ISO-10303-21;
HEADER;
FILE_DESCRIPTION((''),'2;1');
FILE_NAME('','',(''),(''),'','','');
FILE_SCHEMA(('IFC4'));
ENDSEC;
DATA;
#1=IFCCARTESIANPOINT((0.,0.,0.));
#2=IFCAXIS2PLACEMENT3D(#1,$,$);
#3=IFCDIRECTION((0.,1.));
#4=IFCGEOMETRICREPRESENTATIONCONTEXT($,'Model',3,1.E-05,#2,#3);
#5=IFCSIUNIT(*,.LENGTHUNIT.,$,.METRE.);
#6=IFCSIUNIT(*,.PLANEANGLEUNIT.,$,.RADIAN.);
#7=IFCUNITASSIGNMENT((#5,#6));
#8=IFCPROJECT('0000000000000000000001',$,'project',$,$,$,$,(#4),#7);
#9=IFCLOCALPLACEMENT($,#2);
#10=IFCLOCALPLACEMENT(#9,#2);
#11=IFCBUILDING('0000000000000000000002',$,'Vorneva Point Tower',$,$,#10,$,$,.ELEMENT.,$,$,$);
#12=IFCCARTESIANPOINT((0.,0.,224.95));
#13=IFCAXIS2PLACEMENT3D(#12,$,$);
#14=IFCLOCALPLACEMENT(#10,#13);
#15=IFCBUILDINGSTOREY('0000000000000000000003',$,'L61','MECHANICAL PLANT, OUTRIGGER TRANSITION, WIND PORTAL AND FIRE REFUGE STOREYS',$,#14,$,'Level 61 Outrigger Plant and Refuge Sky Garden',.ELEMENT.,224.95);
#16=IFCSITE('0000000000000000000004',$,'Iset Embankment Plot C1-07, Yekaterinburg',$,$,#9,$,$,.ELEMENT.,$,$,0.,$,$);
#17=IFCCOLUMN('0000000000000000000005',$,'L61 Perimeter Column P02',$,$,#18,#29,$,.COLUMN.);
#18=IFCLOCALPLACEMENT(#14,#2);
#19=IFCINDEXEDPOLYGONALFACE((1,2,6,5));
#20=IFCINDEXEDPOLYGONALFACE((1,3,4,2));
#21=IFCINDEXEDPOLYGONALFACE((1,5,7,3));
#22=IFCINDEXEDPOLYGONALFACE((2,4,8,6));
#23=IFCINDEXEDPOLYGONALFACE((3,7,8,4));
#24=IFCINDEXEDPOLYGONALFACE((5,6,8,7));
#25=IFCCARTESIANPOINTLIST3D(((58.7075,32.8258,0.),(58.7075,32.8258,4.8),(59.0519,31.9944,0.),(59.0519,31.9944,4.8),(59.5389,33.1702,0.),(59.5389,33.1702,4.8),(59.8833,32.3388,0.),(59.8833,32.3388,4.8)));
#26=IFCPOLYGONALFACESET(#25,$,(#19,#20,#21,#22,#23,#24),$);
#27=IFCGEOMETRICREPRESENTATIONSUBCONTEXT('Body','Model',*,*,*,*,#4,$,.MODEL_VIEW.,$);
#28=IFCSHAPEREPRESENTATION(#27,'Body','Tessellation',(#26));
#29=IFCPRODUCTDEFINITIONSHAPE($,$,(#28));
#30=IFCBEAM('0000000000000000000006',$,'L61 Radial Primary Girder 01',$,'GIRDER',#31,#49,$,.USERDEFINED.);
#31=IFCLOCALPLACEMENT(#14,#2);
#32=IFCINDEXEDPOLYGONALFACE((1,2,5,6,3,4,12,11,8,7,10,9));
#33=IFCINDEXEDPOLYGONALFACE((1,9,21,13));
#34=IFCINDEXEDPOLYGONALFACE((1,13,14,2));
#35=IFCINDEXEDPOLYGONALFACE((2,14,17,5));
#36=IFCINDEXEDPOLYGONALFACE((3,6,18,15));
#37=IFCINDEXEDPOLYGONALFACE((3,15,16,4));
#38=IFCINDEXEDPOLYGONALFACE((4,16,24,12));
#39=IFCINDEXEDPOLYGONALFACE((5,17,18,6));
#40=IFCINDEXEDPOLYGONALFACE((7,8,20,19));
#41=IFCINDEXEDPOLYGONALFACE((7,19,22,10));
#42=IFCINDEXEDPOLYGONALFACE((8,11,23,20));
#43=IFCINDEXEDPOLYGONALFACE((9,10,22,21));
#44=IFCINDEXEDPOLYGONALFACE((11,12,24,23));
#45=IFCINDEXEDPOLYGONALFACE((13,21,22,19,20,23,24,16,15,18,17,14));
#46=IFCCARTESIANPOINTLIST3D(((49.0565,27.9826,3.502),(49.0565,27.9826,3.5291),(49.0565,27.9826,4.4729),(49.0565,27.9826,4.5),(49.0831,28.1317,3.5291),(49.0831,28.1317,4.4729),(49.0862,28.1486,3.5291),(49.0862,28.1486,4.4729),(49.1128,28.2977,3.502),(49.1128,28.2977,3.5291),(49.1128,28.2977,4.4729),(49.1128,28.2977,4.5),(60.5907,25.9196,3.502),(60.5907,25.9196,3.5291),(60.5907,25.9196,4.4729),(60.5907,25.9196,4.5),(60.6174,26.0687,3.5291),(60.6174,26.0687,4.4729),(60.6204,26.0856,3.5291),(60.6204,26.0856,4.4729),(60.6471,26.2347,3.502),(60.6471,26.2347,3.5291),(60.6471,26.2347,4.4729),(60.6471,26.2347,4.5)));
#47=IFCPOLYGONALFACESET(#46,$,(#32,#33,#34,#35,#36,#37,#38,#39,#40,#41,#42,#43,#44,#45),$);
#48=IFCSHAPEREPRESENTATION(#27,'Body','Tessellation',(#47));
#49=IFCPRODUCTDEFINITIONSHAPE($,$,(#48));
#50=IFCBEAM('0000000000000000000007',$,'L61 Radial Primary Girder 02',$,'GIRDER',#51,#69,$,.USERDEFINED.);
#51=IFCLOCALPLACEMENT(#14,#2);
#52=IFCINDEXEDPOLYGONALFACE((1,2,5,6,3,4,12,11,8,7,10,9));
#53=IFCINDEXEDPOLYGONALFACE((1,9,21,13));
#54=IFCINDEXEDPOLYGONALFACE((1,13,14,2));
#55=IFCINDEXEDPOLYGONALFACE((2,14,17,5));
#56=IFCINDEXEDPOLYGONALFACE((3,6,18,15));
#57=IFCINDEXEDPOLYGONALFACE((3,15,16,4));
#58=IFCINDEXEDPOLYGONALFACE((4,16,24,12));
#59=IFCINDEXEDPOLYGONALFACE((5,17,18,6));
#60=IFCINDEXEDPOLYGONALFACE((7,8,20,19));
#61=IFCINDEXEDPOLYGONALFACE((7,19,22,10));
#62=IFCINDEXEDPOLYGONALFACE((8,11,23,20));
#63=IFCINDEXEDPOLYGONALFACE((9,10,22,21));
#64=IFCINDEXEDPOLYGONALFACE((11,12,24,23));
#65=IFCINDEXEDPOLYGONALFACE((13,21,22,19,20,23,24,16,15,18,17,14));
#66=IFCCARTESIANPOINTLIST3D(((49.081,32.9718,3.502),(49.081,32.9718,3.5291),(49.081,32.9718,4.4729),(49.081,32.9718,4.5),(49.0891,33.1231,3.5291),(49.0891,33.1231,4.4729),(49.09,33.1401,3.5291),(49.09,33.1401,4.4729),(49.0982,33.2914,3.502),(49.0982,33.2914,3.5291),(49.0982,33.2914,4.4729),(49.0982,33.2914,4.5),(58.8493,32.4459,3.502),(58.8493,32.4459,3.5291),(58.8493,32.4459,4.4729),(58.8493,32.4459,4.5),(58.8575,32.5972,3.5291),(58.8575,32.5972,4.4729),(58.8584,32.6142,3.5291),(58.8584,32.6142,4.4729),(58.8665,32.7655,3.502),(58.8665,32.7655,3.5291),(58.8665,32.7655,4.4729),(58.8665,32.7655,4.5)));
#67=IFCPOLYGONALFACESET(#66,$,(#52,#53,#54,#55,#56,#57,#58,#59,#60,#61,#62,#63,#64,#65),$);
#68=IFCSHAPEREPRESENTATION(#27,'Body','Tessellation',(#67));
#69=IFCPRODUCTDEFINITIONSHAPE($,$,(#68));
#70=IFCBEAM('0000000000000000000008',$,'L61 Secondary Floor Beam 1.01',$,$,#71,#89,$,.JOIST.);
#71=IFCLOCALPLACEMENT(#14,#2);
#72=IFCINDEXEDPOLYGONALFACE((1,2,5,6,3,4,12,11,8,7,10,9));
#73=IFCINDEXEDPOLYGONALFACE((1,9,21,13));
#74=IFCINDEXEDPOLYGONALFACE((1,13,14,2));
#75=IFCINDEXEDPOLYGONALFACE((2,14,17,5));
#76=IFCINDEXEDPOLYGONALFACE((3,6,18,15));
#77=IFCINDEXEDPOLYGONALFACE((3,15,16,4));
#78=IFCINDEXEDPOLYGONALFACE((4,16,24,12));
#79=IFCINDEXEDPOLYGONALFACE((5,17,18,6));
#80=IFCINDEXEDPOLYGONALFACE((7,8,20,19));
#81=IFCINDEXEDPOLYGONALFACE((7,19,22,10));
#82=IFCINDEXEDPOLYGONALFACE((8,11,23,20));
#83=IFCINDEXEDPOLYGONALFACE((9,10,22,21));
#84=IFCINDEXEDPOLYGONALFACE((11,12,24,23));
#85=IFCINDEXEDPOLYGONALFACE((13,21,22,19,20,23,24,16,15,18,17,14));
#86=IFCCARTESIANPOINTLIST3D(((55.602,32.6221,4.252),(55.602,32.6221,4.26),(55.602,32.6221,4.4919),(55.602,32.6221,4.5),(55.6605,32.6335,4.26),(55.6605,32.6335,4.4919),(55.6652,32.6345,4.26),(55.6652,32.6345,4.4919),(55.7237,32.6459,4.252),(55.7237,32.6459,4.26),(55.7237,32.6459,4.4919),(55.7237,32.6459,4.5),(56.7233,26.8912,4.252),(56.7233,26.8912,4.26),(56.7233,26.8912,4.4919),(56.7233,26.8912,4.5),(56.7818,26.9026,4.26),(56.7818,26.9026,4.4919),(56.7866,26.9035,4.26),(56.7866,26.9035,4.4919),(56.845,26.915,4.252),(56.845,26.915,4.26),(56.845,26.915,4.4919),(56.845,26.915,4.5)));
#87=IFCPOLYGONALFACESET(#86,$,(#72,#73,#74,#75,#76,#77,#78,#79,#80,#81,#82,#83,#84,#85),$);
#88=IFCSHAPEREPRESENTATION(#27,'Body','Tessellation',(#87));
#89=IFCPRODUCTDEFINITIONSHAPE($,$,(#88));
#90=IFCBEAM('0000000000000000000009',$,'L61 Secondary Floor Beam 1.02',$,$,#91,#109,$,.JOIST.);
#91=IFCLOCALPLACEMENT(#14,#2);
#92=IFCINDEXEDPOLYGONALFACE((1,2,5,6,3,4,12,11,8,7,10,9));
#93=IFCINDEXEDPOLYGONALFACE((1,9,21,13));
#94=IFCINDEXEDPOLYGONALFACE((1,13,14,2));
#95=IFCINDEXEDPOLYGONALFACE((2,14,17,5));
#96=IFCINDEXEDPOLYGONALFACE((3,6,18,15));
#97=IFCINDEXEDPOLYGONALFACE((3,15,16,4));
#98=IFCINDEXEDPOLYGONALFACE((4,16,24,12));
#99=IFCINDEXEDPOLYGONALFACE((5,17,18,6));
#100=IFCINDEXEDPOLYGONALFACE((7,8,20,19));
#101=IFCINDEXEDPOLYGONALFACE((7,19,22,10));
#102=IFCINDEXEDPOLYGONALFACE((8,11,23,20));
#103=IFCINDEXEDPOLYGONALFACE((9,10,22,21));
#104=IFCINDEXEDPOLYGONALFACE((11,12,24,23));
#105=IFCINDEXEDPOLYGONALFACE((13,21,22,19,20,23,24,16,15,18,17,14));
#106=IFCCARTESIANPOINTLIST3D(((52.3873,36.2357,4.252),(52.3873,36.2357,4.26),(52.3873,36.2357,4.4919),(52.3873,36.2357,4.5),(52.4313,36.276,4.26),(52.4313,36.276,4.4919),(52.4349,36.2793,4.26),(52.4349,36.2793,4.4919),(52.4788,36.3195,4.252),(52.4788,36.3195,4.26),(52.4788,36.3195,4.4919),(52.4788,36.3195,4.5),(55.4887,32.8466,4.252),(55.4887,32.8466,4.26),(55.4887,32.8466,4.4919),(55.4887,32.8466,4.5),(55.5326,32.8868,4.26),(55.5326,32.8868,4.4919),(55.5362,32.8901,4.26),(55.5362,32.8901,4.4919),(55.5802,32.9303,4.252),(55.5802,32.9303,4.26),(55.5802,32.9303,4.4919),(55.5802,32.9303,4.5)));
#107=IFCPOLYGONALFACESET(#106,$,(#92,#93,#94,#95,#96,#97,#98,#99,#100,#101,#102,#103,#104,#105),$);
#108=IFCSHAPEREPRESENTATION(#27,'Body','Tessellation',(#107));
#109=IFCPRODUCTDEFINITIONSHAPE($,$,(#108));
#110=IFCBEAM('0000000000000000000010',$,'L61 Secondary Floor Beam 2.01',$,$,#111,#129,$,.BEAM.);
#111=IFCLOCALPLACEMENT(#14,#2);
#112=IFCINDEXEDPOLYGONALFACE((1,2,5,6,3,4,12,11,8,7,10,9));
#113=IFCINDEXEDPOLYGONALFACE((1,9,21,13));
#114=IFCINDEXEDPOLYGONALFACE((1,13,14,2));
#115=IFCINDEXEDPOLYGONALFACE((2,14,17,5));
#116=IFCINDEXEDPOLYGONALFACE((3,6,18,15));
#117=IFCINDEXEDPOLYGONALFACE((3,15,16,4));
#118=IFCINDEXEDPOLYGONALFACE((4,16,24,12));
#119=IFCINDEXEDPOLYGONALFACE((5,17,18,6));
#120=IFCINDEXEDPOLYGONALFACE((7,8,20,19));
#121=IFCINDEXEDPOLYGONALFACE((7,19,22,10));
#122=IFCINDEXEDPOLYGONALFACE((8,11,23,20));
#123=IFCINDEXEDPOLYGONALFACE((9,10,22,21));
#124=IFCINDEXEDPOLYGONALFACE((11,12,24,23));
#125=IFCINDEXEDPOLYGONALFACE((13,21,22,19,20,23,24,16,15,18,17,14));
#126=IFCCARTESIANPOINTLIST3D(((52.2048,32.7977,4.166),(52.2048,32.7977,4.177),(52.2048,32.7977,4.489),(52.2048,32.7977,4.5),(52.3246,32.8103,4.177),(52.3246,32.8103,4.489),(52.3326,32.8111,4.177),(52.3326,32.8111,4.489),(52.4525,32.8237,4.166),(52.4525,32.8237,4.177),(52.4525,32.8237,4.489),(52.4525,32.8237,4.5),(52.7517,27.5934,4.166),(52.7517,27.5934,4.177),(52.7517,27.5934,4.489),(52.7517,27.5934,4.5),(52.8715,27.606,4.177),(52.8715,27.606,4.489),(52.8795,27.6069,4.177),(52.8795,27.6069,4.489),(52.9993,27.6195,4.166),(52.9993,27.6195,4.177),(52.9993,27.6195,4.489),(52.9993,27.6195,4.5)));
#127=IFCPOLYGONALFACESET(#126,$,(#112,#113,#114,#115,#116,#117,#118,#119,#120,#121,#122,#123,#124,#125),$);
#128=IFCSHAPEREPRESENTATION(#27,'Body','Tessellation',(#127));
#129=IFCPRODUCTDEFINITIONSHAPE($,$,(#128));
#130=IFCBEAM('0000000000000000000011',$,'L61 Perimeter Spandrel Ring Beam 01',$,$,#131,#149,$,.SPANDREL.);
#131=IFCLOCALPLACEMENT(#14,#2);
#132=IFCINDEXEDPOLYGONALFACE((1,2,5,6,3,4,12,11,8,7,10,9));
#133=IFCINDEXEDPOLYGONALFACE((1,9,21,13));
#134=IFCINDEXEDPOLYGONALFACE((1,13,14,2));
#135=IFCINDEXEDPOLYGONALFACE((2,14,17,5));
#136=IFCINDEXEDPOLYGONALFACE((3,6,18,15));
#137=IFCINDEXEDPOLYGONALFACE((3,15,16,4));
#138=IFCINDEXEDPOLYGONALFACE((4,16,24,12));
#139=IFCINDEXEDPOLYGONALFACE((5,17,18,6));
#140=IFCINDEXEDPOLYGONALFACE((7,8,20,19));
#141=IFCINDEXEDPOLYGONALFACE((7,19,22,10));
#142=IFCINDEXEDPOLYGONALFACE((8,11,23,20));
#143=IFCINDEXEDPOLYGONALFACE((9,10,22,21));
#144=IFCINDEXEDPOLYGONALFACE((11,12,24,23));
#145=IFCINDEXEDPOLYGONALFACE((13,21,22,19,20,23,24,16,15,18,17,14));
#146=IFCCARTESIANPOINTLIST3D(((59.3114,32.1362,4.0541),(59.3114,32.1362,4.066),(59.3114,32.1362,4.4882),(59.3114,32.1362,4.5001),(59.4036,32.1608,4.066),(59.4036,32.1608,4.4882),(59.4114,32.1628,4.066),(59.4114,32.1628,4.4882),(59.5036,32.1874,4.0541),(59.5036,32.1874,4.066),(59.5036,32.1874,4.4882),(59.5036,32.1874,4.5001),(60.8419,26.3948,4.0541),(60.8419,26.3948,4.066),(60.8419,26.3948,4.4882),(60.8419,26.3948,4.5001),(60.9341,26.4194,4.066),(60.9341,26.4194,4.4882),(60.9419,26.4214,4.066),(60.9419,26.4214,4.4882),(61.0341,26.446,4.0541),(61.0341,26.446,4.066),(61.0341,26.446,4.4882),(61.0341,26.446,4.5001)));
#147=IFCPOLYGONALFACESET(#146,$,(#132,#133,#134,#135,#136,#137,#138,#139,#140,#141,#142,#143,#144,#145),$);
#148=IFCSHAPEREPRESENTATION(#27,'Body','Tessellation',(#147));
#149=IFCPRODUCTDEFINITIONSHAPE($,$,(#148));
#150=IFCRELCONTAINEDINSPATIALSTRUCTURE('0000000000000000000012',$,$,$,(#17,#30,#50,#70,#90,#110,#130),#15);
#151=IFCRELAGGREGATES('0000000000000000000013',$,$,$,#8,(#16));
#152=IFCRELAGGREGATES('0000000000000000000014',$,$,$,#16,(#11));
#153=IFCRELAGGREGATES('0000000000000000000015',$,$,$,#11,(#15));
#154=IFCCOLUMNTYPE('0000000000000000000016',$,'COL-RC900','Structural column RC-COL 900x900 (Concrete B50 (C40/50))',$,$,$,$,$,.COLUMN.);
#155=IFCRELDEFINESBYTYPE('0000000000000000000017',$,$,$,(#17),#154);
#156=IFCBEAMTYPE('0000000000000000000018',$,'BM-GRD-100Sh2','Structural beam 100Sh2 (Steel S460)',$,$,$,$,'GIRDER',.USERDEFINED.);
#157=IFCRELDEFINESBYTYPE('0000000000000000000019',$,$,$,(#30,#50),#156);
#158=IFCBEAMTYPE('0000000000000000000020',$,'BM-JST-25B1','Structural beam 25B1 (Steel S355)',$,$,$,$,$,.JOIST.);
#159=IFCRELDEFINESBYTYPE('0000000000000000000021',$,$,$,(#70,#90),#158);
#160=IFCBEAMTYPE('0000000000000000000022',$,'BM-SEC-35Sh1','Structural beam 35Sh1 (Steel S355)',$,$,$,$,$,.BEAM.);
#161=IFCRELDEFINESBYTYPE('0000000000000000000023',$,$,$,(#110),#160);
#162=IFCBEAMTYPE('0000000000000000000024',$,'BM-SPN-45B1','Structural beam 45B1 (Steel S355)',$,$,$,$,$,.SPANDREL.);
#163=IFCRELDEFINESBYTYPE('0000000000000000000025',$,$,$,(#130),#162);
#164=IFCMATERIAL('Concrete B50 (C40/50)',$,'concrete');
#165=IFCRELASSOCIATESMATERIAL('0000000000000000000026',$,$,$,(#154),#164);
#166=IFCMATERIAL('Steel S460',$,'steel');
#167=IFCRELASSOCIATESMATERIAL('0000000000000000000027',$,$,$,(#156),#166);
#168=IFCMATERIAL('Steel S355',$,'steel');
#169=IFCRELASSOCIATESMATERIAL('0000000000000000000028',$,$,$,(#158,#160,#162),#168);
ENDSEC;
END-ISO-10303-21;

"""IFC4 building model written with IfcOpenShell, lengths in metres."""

from ifc_helpers import new_model, si_unit, direction, frame, origin, origin_2d, place, context, subcontext, project, spatial, rectangle, i_section, extrude, material, material_profile, profile_set, type_object, element, save


model = new_model("IFC4")

# Units and contexts
model_context = context("Model", 3, precision=1e-05, world=origin(), true_north=direction((0.0, 1.0)))
body_context = subcontext(model_context, "Body", "Model", "MODEL_VIEW")
ifc_project = project(units=[si_unit("LENGTHUNIT", "METRE"), si_unit("PLANEANGLEUNIT", "RADIAN")], contexts=[model_context])

# Site, building, storey
site_placement = place(None, origin())
site = spatial("IfcSite", under=ifc_project, at=site_placement, Name="Iset Embankment Plot C1-07, Yekaterinburg", CompositionType="ELEMENT", RefElevation=0.0)
building_placement = place(site_placement, origin())
building = spatial("IfcBuilding", under=site, at=building_placement, Name="Vorneva Point Tower", CompositionType="ELEMENT")
storey_placement = place(building_placement, frame((0.0, 0.0, 224.95)))
storey = spatial("IfcBuildingStorey", under=building, at=storey_placement, Name="L61", Description="MECHANICAL PLANT, OUTRIGGER TRANSITION, WIND PORTAL AND FIRE REFUGE STOREYS", LongName="Level 61 Outrigger Plant and Refuge Sky Garden", CompositionType="ELEMENT", Elevation=224.95)

# Column
ifc_material_1 = material(Name="Concrete B50 (C40/50)", Category="concrete")
ifc_material_profile_1 = material_profile(ifc_material_1, rectangle(XDim=0.8999, YDim=0.8999, at=origin_2d()), Name="RC-COL 900x900")
ifc_profile_set_1 = profile_set([ifc_material_profile_1], Name="Concrete B50 (C40/50)")
column_type = type_object("IfcColumnType", Name="COL-RC900", Description="Structural column RC-COL 900x900 (Concrete B50 (C40/50))", PredefinedType="COLUMN", material=ifc_profile_set_1)
column_placement = place(storey_placement, frame((59.2954, 32.5823, 0.0), z_axis=(0.0, 0.0, 1.0), x_axis=(0.92388, 0.382683, 0.0)))
element("IfcColumn", 1, at=column_placement, inside=storey, type_object=column_type, Name="L61 Perimeter Column P02", PredefinedType="COLUMN", context=body_context, shape_type="SweptSolid", body=[
    extrude(rectangle(XDim=0.8999, YDim=0.8999, at=origin_2d()), origin(), (0.0, 0.0, 1.0), 4.8),
])

# Beams
ifc_material_2 = material(Name="Steel S460", Category="steel")
ifc_material_profile_2 = material_profile(ifc_material_2, i_section(OverallWidth=0.3201, OverallDepth=0.998, WebThickness=0.0171, FlangeThickness=0.0271, at=origin_2d()), Name="100Sh2")
ifc_profile_set_2 = profile_set([ifc_material_profile_2], Name="Steel S460")
beam_type_1 = type_object("IfcBeamType", Name="BM-GRD-100Sh2", Description="Structural beam 100Sh2 (Steel S460)", ElementType="GIRDER", PredefinedType="USERDEFINED", material=ifc_profile_set_2)
beam_1_placement = place(storey_placement, frame((60.6189, 26.0771, 4.001), z_axis=(-0.984379, 0.176065, 0.0), x_axis=(-0.176065, -0.984379, 0.0)))
element("IfcBeam", 2, at=beam_1_placement, inside=storey, type_object=beam_type_1, Name="L61 Radial Primary Girder 01", ObjectType="GIRDER", PredefinedType="USERDEFINED", context=body_context, shape_type="SweptSolid", body=[
    extrude(i_section(OverallWidth=0.3201, OverallDepth=0.998, WebThickness=0.0171, FlangeThickness=0.0271, at=origin_2d()), origin(), (0.0, 0.0, 1.0), 11.7173),
])
beam_2_placement = place(storey_placement, frame((58.8579, 32.6057, 4.001), z_axis=(-0.998554, 0.053757, 0.0), x_axis=(-0.053757, -0.998554, 0.0)))
element("IfcBeam", 3, at=beam_2_placement, inside=storey, type_object=beam_type_1, Name="L61 Radial Primary Girder 02", ObjectType="GIRDER", PredefinedType="USERDEFINED", context=body_context, shape_type="SweptSolid", body=[
    extrude(i_section(OverallWidth=0.3201, OverallDepth=0.998, WebThickness=0.0171, FlangeThickness=0.0271, at=origin_2d()), origin(), (0.0, 0.0, 1.0), 9.7825),
])
ifc_material_3 = material(Name="Steel S355", Category="steel")
ifc_material_profile_3 = material_profile(ifc_material_3, i_section(OverallWidth=0.124, OverallDepth=0.248, WebThickness=0.0049, FlangeThickness=0.0081, at=origin_2d()), Name="25B1")
ifc_profile_set_3 = profile_set([ifc_material_profile_3], Name="Steel S355")
beam_type_2 = type_object("IfcBeamType", Name="BM-JST-25B1", Description="Structural beam 25B1 (Steel S355)", PredefinedType="JOIST", material=ifc_profile_set_3)
beam_3_placement = place(storey_placement, frame((56.7842, 26.9031, 4.376), z_axis=(-0.192022, 0.981391, 0.0), x_axis=(-0.981391, -0.192022, 0.0)))
element("IfcBeam", 4, at=beam_3_placement, inside=storey, type_object=beam_type_2, Name="L61 Secondary Floor Beam 1.01", PredefinedType="JOIST", context=body_context, shape_type="SweptSolid", body=[
    extrude(i_section(OverallWidth=0.124, OverallDepth=0.248, WebThickness=0.0049, FlangeThickness=0.0081, at=origin_2d()), origin(), (0.0, 0.0, 1.0), 5.8396),
])
beam_4_placement = place(storey_placement, frame((55.5344, 32.8884, 4.376), z_axis=(-0.675084, 0.737741, 0.0), x_axis=(-0.737741, -0.675084, 0.0)))
element("IfcBeam", 5, at=beam_4_placement, inside=storey, type_object=beam_type_2, Name="L61 Secondary Floor Beam 1.02", PredefinedType="JOIST", context=body_context, shape_type="SweptSolid", body=[
    extrude(i_section(OverallWidth=0.124, OverallDepth=0.248, WebThickness=0.0049, FlangeThickness=0.0081, at=origin_2d()), origin(), (0.0, 0.0, 1.0), 4.594),
])
ifc_material_profile_4 = material_profile(ifc_material_3, i_section(OverallWidth=0.249, OverallDepth=0.334, WebThickness=0.0081, FlangeThickness=0.011, at=origin_2d()), Name="35Sh1")
ifc_profile_set_4 = profile_set([ifc_material_profile_4], Name="Steel S355")
beam_type_3 = type_object("IfcBeamType", Name="BM-SEC-35Sh1", Description="Structural beam 35Sh1 (Steel S355)", PredefinedType="BEAM", material=ifc_profile_set_4)
beam_5_placement = place(storey_placement, frame((52.8755, 27.6064, 4.333), z_axis=(-0.104505, 0.994524, 0.0), x_axis=(-0.994524, -0.104505, 0.0)))
element("IfcBeam", 6, at=beam_5_placement, inside=storey, type_object=beam_type_3, Name="L61 Secondary Floor Beam 2.01", PredefinedType="BEAM", context=body_context, shape_type="SweptSolid", body=[
    extrude(i_section(OverallWidth=0.249, OverallDepth=0.334, WebThickness=0.0081, FlangeThickness=0.011, at=origin_2d()), origin(), (0.0, 0.0, 1.0), 5.2329),
])
ifc_material_profile_5 = material_profile(ifc_material_3, i_section(OverallWidth=0.199, OverallDepth=0.446, WebThickness=0.0081, FlangeThickness=0.012, at=origin_2d()), Name="45B1")
ifc_profile_set_5 = profile_set([ifc_material_profile_5], Name="Steel S355")
beam_type_4 = type_object("IfcBeamType", Name="BM-SPN-45B1", Description="Structural beam 45B1 (Steel S355)", PredefinedType="SPANDREL", material=ifc_profile_set_5)
beam_6_placement = place(storey_placement, frame((60.938, 26.4204, 4.2771), z_axis=(-0.257578, 0.966257, 0.0), x_axis=(-0.966257, -0.257578, 0.0)))
element("IfcBeam", 7, at=beam_6_placement, inside=storey, type_object=beam_type_4, Name="L61 Perimeter Spandrel Ring Beam 01", PredefinedType="SPANDREL", context=body_context, shape_type="SweptSolid", body=[
    extrude(i_section(OverallWidth=0.199, OverallDepth=0.446, WebThickness=0.0081, FlangeThickness=0.012, at=origin_2d()), origin(), (0.0, 0.0, 1.0), 5.9419),
])

save(model, "model.ifc")
